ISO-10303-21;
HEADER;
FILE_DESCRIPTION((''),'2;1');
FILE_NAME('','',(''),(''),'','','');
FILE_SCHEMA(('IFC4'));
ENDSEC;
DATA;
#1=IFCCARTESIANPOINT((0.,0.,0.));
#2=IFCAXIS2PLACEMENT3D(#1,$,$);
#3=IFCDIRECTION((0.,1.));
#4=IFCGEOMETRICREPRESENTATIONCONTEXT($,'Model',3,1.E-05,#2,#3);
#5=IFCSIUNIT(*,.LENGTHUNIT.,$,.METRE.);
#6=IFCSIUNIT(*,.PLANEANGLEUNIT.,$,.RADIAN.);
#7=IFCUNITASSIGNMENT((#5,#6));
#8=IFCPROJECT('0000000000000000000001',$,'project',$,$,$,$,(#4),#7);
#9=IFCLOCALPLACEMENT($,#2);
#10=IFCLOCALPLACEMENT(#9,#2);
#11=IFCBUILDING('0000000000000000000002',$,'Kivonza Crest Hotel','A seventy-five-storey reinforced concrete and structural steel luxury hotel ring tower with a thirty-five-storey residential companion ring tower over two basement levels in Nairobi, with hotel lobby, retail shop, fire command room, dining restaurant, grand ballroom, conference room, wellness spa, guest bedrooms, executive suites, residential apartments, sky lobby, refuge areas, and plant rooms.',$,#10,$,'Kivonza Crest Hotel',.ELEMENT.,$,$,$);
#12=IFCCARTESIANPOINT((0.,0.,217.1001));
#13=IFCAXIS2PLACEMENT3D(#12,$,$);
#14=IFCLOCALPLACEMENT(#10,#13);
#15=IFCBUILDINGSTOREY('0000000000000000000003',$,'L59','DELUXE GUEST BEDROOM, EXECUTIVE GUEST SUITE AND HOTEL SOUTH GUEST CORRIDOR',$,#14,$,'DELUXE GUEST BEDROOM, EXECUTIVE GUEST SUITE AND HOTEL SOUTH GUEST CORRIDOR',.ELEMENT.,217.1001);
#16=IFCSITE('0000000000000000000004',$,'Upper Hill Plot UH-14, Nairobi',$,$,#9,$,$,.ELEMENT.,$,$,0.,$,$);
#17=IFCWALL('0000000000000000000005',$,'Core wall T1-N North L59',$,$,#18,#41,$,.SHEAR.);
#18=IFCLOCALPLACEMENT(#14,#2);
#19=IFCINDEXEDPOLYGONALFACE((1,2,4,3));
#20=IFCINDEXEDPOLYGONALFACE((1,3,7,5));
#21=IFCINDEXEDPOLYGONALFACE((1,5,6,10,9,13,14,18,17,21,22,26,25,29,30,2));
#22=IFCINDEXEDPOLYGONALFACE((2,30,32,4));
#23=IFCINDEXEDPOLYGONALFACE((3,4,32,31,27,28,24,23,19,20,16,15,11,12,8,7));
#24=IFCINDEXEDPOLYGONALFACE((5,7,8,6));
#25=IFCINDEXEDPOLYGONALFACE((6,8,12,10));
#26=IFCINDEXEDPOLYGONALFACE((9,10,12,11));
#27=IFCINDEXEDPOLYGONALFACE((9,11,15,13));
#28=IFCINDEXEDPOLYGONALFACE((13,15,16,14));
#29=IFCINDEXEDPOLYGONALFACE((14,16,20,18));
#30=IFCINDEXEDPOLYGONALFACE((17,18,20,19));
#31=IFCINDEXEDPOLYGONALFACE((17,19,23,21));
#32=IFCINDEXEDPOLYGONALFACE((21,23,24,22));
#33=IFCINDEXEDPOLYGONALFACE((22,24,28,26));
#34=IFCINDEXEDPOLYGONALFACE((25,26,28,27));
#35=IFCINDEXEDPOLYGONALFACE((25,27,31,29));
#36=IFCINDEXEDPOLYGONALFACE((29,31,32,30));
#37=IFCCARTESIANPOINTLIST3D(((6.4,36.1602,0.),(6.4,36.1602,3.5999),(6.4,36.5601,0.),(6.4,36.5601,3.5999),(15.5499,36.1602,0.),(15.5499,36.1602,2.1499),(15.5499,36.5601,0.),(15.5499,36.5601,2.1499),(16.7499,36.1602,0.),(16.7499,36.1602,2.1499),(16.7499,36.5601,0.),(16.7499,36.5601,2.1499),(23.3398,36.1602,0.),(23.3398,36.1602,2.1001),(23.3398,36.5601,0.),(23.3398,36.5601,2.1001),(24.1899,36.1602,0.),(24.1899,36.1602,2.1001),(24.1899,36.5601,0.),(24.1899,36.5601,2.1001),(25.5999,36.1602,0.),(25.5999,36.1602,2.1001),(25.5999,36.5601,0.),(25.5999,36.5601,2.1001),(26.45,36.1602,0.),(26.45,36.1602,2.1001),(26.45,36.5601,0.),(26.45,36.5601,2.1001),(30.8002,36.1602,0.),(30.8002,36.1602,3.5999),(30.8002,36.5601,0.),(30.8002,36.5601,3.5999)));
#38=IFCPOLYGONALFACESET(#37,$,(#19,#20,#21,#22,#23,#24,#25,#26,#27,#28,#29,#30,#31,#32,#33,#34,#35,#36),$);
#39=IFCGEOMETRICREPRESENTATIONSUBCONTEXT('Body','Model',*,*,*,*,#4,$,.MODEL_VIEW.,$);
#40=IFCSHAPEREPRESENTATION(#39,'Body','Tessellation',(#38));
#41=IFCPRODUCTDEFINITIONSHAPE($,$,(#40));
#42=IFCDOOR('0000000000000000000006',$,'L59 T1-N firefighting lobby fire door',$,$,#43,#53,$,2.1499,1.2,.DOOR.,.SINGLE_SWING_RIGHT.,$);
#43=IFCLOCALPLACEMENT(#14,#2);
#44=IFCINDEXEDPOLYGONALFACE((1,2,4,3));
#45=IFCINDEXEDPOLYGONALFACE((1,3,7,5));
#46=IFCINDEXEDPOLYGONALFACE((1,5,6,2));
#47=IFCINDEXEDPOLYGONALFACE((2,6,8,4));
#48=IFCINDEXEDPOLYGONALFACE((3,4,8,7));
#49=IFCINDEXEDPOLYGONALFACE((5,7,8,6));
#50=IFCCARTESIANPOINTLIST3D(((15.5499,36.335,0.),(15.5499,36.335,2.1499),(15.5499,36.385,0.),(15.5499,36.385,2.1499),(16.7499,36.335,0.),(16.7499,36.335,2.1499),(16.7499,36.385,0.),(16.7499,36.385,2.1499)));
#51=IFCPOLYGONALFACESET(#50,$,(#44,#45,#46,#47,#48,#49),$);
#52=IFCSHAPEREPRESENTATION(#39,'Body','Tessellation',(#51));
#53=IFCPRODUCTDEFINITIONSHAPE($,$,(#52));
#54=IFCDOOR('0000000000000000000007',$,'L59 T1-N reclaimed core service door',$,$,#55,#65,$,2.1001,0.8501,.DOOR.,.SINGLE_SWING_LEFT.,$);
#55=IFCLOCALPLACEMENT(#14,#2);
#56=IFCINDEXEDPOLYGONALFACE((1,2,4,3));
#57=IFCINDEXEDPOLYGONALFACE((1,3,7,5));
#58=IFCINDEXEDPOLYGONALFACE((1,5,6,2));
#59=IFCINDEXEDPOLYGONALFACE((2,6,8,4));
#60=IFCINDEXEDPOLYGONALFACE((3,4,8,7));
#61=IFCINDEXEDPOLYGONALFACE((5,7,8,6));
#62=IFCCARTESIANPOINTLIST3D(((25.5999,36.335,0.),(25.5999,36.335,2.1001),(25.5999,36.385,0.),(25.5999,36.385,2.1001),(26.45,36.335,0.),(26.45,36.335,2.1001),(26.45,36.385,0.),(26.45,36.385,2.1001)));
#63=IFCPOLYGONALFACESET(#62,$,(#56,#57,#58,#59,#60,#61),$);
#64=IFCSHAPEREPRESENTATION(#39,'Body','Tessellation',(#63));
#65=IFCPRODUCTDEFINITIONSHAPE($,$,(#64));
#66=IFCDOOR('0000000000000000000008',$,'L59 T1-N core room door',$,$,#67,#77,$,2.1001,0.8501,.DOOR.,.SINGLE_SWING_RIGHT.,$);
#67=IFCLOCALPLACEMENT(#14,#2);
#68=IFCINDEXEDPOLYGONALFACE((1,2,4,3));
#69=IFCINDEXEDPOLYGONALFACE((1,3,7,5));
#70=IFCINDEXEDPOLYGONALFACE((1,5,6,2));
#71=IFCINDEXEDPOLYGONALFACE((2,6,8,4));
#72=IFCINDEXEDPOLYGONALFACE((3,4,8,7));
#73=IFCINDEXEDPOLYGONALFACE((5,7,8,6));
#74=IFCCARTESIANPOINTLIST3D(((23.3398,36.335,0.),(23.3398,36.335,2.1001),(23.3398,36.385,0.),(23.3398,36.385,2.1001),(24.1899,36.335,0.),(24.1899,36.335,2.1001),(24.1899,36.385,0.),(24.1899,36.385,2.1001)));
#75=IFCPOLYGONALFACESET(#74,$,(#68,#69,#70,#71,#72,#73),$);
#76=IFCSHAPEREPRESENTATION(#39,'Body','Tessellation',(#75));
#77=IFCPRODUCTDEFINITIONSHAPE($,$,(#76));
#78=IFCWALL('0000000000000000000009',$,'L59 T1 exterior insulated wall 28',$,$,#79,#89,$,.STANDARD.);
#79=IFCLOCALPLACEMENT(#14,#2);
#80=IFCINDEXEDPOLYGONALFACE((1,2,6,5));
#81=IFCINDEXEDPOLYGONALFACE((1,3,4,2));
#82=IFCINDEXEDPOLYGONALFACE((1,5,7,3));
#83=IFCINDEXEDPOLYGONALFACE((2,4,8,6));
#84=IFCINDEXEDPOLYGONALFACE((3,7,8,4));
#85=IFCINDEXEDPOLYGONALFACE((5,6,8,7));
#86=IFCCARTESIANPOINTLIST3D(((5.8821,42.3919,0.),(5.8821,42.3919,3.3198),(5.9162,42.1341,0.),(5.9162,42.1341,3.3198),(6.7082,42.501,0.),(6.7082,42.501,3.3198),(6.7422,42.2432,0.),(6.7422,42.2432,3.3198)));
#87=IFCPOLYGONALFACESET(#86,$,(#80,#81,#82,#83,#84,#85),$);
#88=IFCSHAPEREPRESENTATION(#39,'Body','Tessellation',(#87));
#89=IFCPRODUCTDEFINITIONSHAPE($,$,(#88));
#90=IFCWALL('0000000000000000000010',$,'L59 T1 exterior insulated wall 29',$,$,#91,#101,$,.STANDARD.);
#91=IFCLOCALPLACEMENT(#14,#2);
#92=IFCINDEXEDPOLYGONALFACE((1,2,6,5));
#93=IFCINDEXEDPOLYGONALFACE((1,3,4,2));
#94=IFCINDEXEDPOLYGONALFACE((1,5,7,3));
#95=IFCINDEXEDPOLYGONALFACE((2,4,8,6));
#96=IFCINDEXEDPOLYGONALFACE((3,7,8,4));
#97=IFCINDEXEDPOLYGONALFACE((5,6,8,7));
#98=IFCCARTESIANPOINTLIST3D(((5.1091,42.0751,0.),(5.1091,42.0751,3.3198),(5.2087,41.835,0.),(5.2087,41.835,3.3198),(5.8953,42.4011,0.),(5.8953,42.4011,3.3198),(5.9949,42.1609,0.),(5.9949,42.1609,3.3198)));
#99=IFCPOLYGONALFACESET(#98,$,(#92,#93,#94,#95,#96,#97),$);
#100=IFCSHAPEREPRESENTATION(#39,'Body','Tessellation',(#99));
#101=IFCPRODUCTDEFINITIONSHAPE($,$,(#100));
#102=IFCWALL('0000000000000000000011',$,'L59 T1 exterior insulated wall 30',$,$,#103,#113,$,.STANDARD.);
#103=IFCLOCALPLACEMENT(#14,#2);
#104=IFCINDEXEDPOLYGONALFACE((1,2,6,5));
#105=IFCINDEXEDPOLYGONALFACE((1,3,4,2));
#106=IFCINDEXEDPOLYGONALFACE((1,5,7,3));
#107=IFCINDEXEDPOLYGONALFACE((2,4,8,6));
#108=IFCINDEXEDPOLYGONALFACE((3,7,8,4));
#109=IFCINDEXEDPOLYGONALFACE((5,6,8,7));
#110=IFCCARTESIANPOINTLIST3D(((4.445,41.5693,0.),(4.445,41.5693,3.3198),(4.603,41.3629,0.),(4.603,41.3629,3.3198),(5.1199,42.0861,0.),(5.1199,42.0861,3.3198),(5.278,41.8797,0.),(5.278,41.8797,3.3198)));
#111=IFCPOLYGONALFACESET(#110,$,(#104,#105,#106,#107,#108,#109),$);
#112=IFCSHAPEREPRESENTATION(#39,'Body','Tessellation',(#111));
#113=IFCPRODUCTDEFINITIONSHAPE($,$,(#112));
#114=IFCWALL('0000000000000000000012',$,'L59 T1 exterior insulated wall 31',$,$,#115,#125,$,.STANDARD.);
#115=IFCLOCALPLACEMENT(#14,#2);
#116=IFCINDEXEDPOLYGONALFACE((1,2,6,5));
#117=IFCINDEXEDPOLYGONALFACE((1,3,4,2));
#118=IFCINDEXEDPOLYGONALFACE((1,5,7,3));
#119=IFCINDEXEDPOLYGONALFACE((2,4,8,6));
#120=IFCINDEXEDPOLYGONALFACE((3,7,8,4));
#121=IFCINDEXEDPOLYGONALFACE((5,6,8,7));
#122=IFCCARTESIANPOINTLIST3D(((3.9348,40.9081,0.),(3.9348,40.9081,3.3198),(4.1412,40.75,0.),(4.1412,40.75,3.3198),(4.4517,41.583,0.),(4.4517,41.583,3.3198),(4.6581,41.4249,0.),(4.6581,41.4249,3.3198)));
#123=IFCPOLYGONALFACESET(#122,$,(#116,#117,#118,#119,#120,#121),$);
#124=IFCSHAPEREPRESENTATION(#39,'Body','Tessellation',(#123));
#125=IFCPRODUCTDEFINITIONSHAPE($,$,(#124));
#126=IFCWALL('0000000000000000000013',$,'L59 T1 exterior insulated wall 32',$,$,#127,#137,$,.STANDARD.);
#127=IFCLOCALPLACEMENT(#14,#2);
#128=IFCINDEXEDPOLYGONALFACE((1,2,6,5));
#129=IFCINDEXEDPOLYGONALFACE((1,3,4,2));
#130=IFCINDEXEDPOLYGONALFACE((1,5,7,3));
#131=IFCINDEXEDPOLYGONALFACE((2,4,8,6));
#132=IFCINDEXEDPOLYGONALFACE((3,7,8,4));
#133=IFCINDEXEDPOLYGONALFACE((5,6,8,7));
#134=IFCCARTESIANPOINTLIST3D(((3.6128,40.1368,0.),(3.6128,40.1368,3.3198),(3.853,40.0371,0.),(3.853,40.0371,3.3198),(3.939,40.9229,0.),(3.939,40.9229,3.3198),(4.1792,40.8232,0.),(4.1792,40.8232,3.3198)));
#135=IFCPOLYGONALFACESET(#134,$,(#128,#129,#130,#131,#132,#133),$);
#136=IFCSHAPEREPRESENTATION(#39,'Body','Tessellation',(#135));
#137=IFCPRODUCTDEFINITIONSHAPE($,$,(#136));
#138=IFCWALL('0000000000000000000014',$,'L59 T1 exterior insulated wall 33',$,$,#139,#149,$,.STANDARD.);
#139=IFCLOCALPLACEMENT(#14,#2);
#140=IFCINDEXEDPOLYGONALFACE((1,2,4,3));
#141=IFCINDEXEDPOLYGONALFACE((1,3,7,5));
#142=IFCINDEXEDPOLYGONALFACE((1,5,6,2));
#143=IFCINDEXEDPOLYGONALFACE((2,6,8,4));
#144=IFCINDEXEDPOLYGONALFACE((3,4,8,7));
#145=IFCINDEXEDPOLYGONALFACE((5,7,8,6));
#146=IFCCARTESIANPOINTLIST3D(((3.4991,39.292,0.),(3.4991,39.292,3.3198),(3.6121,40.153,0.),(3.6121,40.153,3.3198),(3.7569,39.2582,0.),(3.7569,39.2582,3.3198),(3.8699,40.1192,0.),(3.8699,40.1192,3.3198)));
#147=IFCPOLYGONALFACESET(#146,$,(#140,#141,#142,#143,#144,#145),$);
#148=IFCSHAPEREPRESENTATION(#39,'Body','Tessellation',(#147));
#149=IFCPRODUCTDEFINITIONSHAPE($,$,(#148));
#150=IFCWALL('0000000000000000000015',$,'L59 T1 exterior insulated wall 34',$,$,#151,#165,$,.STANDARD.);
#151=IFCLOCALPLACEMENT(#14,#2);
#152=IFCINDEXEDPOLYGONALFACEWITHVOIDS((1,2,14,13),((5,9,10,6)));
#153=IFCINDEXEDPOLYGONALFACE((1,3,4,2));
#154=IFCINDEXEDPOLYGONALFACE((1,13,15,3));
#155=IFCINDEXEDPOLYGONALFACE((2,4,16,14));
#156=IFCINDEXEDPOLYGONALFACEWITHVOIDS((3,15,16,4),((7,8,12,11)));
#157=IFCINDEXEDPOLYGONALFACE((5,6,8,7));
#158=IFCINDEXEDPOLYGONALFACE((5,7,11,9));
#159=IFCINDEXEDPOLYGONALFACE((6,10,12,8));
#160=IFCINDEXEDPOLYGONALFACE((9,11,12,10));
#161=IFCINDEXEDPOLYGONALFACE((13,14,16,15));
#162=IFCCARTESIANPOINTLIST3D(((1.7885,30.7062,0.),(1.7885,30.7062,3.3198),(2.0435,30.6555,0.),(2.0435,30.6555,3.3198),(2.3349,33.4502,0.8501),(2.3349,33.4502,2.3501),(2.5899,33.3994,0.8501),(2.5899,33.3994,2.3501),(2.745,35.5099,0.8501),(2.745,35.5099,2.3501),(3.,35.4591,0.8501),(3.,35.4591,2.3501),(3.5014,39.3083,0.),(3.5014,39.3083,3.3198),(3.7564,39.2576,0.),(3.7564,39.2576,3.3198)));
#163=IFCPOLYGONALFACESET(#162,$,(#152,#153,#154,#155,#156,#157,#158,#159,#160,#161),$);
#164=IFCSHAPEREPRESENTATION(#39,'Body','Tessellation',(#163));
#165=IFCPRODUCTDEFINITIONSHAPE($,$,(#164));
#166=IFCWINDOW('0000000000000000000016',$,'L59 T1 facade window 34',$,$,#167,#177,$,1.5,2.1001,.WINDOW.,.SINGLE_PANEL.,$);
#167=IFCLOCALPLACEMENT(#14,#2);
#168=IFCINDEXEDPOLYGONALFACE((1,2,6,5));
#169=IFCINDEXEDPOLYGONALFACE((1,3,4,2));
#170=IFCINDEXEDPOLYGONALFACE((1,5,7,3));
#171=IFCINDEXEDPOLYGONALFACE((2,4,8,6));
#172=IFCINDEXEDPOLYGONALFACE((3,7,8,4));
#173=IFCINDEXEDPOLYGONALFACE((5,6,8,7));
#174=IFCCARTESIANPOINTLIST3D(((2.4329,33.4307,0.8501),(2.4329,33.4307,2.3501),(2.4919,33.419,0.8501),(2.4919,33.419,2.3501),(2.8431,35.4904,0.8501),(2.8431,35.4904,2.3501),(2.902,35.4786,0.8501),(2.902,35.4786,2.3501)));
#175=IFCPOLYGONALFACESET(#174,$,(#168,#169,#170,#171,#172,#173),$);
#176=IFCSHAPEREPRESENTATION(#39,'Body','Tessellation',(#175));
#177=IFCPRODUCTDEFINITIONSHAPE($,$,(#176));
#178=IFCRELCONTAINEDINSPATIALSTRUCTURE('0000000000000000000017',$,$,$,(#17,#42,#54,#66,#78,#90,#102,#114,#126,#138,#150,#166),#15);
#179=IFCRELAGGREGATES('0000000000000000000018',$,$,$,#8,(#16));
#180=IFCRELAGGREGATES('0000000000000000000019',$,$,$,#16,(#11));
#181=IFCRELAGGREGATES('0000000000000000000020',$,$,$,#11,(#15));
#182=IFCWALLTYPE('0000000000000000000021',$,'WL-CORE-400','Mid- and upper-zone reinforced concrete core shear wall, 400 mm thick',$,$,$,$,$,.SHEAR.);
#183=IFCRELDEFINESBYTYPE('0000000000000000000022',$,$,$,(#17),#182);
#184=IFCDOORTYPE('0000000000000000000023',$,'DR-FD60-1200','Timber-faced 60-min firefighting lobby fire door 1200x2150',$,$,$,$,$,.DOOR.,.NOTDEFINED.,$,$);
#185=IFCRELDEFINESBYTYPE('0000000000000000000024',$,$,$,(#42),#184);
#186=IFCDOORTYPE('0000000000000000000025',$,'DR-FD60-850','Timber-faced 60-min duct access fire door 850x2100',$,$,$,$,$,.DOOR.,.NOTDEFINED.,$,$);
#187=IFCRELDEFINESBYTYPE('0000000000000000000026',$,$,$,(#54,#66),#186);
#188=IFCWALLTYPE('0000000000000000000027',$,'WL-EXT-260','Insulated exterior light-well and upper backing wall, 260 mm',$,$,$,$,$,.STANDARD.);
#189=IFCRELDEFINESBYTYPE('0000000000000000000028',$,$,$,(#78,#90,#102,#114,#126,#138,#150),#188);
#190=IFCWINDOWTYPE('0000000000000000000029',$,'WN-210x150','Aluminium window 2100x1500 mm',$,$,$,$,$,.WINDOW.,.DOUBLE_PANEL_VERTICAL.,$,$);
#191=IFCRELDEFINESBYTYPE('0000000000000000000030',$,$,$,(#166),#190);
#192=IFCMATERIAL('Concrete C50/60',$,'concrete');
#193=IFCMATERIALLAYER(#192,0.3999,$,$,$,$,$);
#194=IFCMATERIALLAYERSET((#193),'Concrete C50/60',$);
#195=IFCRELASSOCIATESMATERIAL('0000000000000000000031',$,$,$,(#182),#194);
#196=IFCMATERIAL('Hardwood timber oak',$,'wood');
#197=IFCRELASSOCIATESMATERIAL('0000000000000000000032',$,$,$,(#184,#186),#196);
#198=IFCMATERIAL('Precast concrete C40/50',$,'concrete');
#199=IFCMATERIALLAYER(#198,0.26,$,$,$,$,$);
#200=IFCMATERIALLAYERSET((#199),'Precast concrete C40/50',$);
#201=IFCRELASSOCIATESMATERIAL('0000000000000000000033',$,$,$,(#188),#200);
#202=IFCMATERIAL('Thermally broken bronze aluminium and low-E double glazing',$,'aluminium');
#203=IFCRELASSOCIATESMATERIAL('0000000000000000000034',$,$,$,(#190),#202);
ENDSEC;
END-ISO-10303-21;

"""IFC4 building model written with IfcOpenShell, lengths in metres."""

from ifc_helpers import new_model, si_unit, direction, frame, frame_2d, origin, place, context, subcontext, project, spatial, rectangle, extrude, material, layer, layer_set, type_object, element, fill, save


model = new_model("IFC4")

# Units and contexts
model_context = context("Model", 3, precision=1e-05, world=origin(), true_north=direction((0.0, 1.0)))
body_context = subcontext(model_context, "Body", "Model", "MODEL_VIEW")
ifc_project = project(units=[si_unit("LENGTHUNIT", "METRE"), si_unit("PLANEANGLEUNIT", "RADIAN")], contexts=[model_context])

# Site, building, storey
site_placement = place(None, origin())
site = spatial("IfcSite", under=ifc_project, at=site_placement, Name="Upper Hill Plot UH-14, Nairobi", CompositionType="ELEMENT", RefElevation=0.0)
building_placement = place(site_placement, origin())
building = spatial("IfcBuilding", under=site, at=building_placement, Name="Kivonza Crest Hotel", Description="A seventy-five-storey reinforced concrete and structural steel luxury hotel ring tower with a thirty-five-storey residential companion ring tower over two basement levels in Nairobi, with hotel lobby, retail shop, fire command room, dining restaurant, grand ballroom, conference room, wellness spa, guest bedrooms, executive suites, residential apartments, sky lobby, refuge areas, and plant rooms.", LongName="Kivonza Crest Hotel", CompositionType="ELEMENT")
storey_placement = place(building_placement, frame((0.0, 0.0, 217.1001)))
storey = spatial("IfcBuildingStorey", under=building, at=storey_placement, Name="L59", Description="DELUXE GUEST BEDROOM, EXECUTIVE GUEST SUITE AND HOTEL SOUTH GUEST CORRIDOR", LongName="DELUXE GUEST BEDROOM, EXECUTIVE GUEST SUITE AND HOTEL SOUTH GUEST CORRIDOR", CompositionType="ELEMENT", Elevation=217.1001)

# Shared definitions
ifc_material_1 = material(Name="Concrete C50/60", Category="concrete")

# Wall, openings, doors
ifc_layer_1 = layer(ifc_material_1, 0.3999)
ifc_layer_set_1 = layer_set([ifc_layer_1], Name="Concrete C50/60")
wall_type_1 = type_object("IfcWallType", Name="WL-CORE-400", Description="Mid- and upper-zone reinforced concrete core shear wall, 400 mm thick", PredefinedType="SHEAR", material=ifc_layer_set_1)
wall_1_placement = place(storey_placement, frame((6.3999, 36.3601, 0.0), z_axis=(0.0, 0.0, 1.0), x_axis=(1.0, 0.0, 0.0)))
wall_1 = element("IfcWall", 1, at=wall_1_placement, inside=storey, type_object=wall_type_1, Name="Core wall T1-N North L59", PredefinedType="SHEAR", context=body_context, shape_type="SweptSolid", body=[
    extrude(rectangle(XDim=24.4001, YDim=0.3999, at=frame_2d((12.2002, 0.0))), origin(), (0.0, 0.0, 1.0), 3.5999),
])
opening_1_placement = place(wall_1_placement, frame((9.1499, 0.0, 0.0)))
opening_1 = element("IfcOpeningElement", 2, at=opening_1_placement, cuts=wall_1, PredefinedType="OPENING", context=body_context, shape_type="SweptSolid", body=[
    extrude(rectangle(XDim=1.2, YDim=2.1499, at=frame_2d((0.6001, 1.075))), frame((0.0, 0.21, 0.0), z_axis=(0.0, -1.0, 0.0), x_axis=(1.0, 0.0, 0.0)), (0.0, 0.0, 1.0), 0.4199),
])
opening_2_placement = place(wall_1_placement, frame((19.2, 0.0, 0.0)))
opening_2 = element("IfcOpeningElement", 3, at=opening_2_placement, cuts=wall_1, PredefinedType="OPENING", context=body_context, shape_type="SweptSolid", body=[
    extrude(rectangle(XDim=0.8501, YDim=2.1001, at=frame_2d((0.425, 1.05))), frame((0.0, 0.21, 0.0), z_axis=(0.0, -1.0, 0.0), x_axis=(1.0, 0.0, 0.0)), (0.0, 0.0, 1.0), 0.4199),
])
opening_3_placement = place(wall_1_placement, frame((16.9399, 0.0, 0.0)))
opening_3 = element("IfcOpeningElement", 4, at=opening_3_placement, cuts=wall_1, PredefinedType="OPENING", context=body_context, shape_type="SweptSolid", body=[
    extrude(rectangle(XDim=0.8501, YDim=2.1001, at=frame_2d((0.425, 1.05))), frame((0.0, 0.21, 0.0), z_axis=(0.0, -1.0, 0.0), x_axis=(1.0, 0.0, 0.0)), (0.0, 0.0, 1.0), 0.4199),
])
ifc_material_2 = material(Name="Hardwood timber oak", Category="wood")
door_type_1 = type_object("IfcDoorType", Name="DR-FD60-1200", Description="Timber-faced 60-min firefighting lobby fire door 1200x2150", OperationType="NOTDEFINED", PredefinedType="DOOR", material=ifc_material_2)
door_1_placement = place(opening_1_placement, origin())
door_1 = element("IfcDoor", 5, at=door_1_placement, inside=storey, type_object=door_type_1, Name="L59 T1-N firefighting lobby fire door", OperationType="SINGLE_SWING_RIGHT", OverallHeight=2.1499, OverallWidth=1.2, PredefinedType="DOOR", context=body_context, shape_type="SweptSolid", body=[
    extrude(rectangle(XDim=1.2, YDim=2.1499, at=frame_2d((0.6001, 1.075))), frame((0.0, 0.0249, 0.0), z_axis=(0.0, -1.0, 0.0), x_axis=(1.0, 0.0, 0.0)), (0.0, 0.0, 1.0), 0.05),
])
fill(opening_1, door_1)
door_type_2 = type_object("IfcDoorType", Name="DR-FD60-850", Description="Timber-faced 60-min duct access fire door 850x2100", OperationType="NOTDEFINED", PredefinedType="DOOR", material=ifc_material_2)
door_2_placement = place(opening_2_placement, origin())
door_2 = element("IfcDoor", 6, at=door_2_placement, inside=storey, type_object=door_type_2, Name="L59 T1-N reclaimed core service door", OperationType="SINGLE_SWING_LEFT", OverallHeight=2.1001, OverallWidth=0.8501, PredefinedType="DOOR", context=body_context, shape_type="SweptSolid", body=[
    extrude(rectangle(XDim=0.8501, YDim=2.1001, at=frame_2d((0.425, 1.05))), frame((0.0, 0.0249, 0.0), z_axis=(0.0, -1.0, 0.0), x_axis=(1.0, 0.0, 0.0)), (0.0, 0.0, 1.0), 0.05),
])
fill(opening_2, door_2)
door_3_placement = place(opening_3_placement, origin())
door_3 = element("IfcDoor", 7, at=door_3_placement, inside=storey, type_object=door_type_2, Name="L59 T1-N core room door", OperationType="SINGLE_SWING_RIGHT", OverallHeight=2.1001, OverallWidth=0.8501, PredefinedType="DOOR", context=body_context, shape_type="SweptSolid", body=[
    extrude(rectangle(XDim=0.8501, YDim=2.1001, at=frame_2d((0.425, 1.05))), frame((0.0, 0.0249, 0.0), z_axis=(0.0, -1.0, 0.0), x_axis=(1.0, 0.0, 0.0)), (0.0, 0.0, 1.0), 0.05),
])
fill(opening_3, door_3)

# Walls
ifc_material_3 = material(Name="Precast concrete C40/50", Category="concrete")
ifc_layer_2 = layer(ifc_material_3, 0.26)
ifc_layer_set_2 = layer_set([ifc_layer_2], Name="Precast concrete C40/50")
wall_type_2 = type_object("IfcWallType", Name="WL-EXT-260", Description="Insulated exterior light-well and upper backing wall, 260 mm", PredefinedType="STANDARD", material=ifc_layer_set_2)
wall_2_placement = place(storey_placement, frame((6.7251, 42.3721, 0.0), z_axis=(0.0, 0.0, 1.0), x_axis=(-0.991388, -0.130955, 0.0)))
element("IfcWall", 8, at=wall_2_placement, inside=storey, type_object=wall_type_2, Name="L59 T1 exterior insulated wall 28", PredefinedType="STANDARD", context=body_context, shape_type="SweptSolid", body=[
    extrude(rectangle(XDim=0.8333, YDim=0.26, at=frame_2d((0.4165, 0.0))), origin(), (0.0, 0.0, 1.0), 3.3198),
])
wall_3_placement = place(storey_placement, frame((5.9451, 42.281, 0.0), z_axis=(0.0, 0.0, 1.0), x_axis=(-0.923754, -0.382985, 0.0)))
element("IfcWall", 9, at=wall_3_placement, inside=storey, type_object=wall_type_2, Name="L59 T1 exterior insulated wall 29", PredefinedType="STANDARD", context=body_context, shape_type="SweptSolid", body=[
    extrude(rectangle(XDim=0.8511, YDim=0.26, at=frame_2d((0.4255, 0.0))), origin(), (0.0, 0.0, 1.0), 3.3198),
])
for number, where, z_axis, x_axis, name in (
    (10, (5.199, 41.9829, 0.0), (0.0, 0.0, 1.0), (-0.793999, -0.607919, 0.0), "L59 T1 exterior insulated wall 30"),
    (11, (4.5549, 41.5039, 0.0), (0.0, 0.0, 1.0), (-0.608058, -0.793893, 0.0), "L59 T1 exterior insulated wall 31"),
):
    element("IfcWall", number, at=place(storey_placement, frame(where, z_axis=z_axis, x_axis=x_axis)), inside=storey, type_object=wall_type_2, Name=name, PredefinedType="STANDARD", context=body_context, shape_type="SweptSolid", body=[
        extrude(rectangle(XDim=0.8501, YDim=0.26, at=frame_2d((0.425, 0.0))), origin(), (0.0, 0.0, 1.0), 3.3198),
    ])
wall_4_placement = place(storey_placement, frame((4.0591, 40.873, 0.0), z_axis=(0.0, 0.0, 1.0), x_axis=(-0.38323, -0.923653, 0.0)))
element("IfcWall", 12, at=wall_4_placement, inside=storey, type_object=wall_type_2, Name="L59 T1 exterior insulated wall 32", PredefinedType="STANDARD", context=body_context, shape_type="SweptSolid", body=[
    extrude(rectangle(XDim=0.8511, YDim=0.26, at=frame_2d((0.4255, 0.0))), origin(), (0.0, 0.0, 1.0), 3.3198),
])
wall_5_placement = place(storey_placement, frame((3.741, 40.136, 0.0), z_axis=(0.0, 0.0, 1.0), x_axis=(-0.130156, -0.991493, 0.0)))
element("IfcWall", 13, at=wall_5_placement, inside=storey, type_object=wall_type_2, Name="L59 T1 exterior insulated wall 33", PredefinedType="STANDARD", context=body_context, shape_type="SweptSolid", body=[
    extrude(rectangle(XDim=0.8684, YDim=0.26, at=frame_2d((0.4341, 0.0))), origin(), (0.0, 0.0, 1.0), 3.3198),
])

# Wall, opening, window
wall_6_placement = place(storey_placement, frame((3.6289, 39.283, 0.0), z_axis=(0.0, 0.0, 1.0), x_axis=(-0.195292, -0.980745, 0.0)))
wall_6 = element("IfcWall", 14, at=wall_6_placement, inside=storey, type_object=wall_type_2, Name="L59 T1 exterior insulated wall 34", PredefinedType="STANDARD", context=body_context, shape_type="SweptSolid", body=[
    extrude(rectangle(XDim=8.771, YDim=0.26, at=frame_2d((4.3855, 0.0))), origin(), (0.0, 0.0, 1.0), 3.3198),
])
opening_4_placement = place(wall_6_placement, frame((3.873, 0.0, 0.8501)))
opening_4 = element("IfcOpeningElement", 15, at=opening_4_placement, cuts=wall_6, PredefinedType="OPENING", context=body_context, shape_type="SweptSolid", body=[
    extrude(rectangle(XDim=2.1001, YDim=1.5, at=frame_2d((1.05, 0.75))), frame((0.0, 0.1401, 0.0), z_axis=(0.0, -1.0, 0.0), x_axis=(1.0, 0.0, 0.0)), (0.0, 0.0, 1.0), 0.28),
])
ifc_material_4 = material(Name="Thermally broken bronze aluminium and low-E double glazing", Category="aluminium")
window_type = type_object("IfcWindowType", Name="WN-210x150", Description="Aluminium window 2100x1500 mm", PartitioningType="DOUBLE_PANEL_VERTICAL", PredefinedType="WINDOW", material=ifc_material_4)
window_placement = place(opening_4_placement, origin())
window = element("IfcWindow", 16, at=window_placement, inside=storey, type_object=window_type, Name="L59 T1 facade window 34", OverallHeight=1.5, OverallWidth=2.1001, PartitioningType="SINGLE_PANEL", PredefinedType="WINDOW", context=body_context, shape_type="SweptSolid", body=[
    extrude(rectangle(XDim=2.1001, YDim=1.5, at=frame_2d((1.05, 0.75))), frame((0.0, 0.03, 0.0), z_axis=(0.0, -1.0, 0.0), x_axis=(1.0, 0.0, 0.0)), (0.0, 0.0, 1.0), 0.0601),
])
fill(opening_4, window)

save(model, "model.ifc")
